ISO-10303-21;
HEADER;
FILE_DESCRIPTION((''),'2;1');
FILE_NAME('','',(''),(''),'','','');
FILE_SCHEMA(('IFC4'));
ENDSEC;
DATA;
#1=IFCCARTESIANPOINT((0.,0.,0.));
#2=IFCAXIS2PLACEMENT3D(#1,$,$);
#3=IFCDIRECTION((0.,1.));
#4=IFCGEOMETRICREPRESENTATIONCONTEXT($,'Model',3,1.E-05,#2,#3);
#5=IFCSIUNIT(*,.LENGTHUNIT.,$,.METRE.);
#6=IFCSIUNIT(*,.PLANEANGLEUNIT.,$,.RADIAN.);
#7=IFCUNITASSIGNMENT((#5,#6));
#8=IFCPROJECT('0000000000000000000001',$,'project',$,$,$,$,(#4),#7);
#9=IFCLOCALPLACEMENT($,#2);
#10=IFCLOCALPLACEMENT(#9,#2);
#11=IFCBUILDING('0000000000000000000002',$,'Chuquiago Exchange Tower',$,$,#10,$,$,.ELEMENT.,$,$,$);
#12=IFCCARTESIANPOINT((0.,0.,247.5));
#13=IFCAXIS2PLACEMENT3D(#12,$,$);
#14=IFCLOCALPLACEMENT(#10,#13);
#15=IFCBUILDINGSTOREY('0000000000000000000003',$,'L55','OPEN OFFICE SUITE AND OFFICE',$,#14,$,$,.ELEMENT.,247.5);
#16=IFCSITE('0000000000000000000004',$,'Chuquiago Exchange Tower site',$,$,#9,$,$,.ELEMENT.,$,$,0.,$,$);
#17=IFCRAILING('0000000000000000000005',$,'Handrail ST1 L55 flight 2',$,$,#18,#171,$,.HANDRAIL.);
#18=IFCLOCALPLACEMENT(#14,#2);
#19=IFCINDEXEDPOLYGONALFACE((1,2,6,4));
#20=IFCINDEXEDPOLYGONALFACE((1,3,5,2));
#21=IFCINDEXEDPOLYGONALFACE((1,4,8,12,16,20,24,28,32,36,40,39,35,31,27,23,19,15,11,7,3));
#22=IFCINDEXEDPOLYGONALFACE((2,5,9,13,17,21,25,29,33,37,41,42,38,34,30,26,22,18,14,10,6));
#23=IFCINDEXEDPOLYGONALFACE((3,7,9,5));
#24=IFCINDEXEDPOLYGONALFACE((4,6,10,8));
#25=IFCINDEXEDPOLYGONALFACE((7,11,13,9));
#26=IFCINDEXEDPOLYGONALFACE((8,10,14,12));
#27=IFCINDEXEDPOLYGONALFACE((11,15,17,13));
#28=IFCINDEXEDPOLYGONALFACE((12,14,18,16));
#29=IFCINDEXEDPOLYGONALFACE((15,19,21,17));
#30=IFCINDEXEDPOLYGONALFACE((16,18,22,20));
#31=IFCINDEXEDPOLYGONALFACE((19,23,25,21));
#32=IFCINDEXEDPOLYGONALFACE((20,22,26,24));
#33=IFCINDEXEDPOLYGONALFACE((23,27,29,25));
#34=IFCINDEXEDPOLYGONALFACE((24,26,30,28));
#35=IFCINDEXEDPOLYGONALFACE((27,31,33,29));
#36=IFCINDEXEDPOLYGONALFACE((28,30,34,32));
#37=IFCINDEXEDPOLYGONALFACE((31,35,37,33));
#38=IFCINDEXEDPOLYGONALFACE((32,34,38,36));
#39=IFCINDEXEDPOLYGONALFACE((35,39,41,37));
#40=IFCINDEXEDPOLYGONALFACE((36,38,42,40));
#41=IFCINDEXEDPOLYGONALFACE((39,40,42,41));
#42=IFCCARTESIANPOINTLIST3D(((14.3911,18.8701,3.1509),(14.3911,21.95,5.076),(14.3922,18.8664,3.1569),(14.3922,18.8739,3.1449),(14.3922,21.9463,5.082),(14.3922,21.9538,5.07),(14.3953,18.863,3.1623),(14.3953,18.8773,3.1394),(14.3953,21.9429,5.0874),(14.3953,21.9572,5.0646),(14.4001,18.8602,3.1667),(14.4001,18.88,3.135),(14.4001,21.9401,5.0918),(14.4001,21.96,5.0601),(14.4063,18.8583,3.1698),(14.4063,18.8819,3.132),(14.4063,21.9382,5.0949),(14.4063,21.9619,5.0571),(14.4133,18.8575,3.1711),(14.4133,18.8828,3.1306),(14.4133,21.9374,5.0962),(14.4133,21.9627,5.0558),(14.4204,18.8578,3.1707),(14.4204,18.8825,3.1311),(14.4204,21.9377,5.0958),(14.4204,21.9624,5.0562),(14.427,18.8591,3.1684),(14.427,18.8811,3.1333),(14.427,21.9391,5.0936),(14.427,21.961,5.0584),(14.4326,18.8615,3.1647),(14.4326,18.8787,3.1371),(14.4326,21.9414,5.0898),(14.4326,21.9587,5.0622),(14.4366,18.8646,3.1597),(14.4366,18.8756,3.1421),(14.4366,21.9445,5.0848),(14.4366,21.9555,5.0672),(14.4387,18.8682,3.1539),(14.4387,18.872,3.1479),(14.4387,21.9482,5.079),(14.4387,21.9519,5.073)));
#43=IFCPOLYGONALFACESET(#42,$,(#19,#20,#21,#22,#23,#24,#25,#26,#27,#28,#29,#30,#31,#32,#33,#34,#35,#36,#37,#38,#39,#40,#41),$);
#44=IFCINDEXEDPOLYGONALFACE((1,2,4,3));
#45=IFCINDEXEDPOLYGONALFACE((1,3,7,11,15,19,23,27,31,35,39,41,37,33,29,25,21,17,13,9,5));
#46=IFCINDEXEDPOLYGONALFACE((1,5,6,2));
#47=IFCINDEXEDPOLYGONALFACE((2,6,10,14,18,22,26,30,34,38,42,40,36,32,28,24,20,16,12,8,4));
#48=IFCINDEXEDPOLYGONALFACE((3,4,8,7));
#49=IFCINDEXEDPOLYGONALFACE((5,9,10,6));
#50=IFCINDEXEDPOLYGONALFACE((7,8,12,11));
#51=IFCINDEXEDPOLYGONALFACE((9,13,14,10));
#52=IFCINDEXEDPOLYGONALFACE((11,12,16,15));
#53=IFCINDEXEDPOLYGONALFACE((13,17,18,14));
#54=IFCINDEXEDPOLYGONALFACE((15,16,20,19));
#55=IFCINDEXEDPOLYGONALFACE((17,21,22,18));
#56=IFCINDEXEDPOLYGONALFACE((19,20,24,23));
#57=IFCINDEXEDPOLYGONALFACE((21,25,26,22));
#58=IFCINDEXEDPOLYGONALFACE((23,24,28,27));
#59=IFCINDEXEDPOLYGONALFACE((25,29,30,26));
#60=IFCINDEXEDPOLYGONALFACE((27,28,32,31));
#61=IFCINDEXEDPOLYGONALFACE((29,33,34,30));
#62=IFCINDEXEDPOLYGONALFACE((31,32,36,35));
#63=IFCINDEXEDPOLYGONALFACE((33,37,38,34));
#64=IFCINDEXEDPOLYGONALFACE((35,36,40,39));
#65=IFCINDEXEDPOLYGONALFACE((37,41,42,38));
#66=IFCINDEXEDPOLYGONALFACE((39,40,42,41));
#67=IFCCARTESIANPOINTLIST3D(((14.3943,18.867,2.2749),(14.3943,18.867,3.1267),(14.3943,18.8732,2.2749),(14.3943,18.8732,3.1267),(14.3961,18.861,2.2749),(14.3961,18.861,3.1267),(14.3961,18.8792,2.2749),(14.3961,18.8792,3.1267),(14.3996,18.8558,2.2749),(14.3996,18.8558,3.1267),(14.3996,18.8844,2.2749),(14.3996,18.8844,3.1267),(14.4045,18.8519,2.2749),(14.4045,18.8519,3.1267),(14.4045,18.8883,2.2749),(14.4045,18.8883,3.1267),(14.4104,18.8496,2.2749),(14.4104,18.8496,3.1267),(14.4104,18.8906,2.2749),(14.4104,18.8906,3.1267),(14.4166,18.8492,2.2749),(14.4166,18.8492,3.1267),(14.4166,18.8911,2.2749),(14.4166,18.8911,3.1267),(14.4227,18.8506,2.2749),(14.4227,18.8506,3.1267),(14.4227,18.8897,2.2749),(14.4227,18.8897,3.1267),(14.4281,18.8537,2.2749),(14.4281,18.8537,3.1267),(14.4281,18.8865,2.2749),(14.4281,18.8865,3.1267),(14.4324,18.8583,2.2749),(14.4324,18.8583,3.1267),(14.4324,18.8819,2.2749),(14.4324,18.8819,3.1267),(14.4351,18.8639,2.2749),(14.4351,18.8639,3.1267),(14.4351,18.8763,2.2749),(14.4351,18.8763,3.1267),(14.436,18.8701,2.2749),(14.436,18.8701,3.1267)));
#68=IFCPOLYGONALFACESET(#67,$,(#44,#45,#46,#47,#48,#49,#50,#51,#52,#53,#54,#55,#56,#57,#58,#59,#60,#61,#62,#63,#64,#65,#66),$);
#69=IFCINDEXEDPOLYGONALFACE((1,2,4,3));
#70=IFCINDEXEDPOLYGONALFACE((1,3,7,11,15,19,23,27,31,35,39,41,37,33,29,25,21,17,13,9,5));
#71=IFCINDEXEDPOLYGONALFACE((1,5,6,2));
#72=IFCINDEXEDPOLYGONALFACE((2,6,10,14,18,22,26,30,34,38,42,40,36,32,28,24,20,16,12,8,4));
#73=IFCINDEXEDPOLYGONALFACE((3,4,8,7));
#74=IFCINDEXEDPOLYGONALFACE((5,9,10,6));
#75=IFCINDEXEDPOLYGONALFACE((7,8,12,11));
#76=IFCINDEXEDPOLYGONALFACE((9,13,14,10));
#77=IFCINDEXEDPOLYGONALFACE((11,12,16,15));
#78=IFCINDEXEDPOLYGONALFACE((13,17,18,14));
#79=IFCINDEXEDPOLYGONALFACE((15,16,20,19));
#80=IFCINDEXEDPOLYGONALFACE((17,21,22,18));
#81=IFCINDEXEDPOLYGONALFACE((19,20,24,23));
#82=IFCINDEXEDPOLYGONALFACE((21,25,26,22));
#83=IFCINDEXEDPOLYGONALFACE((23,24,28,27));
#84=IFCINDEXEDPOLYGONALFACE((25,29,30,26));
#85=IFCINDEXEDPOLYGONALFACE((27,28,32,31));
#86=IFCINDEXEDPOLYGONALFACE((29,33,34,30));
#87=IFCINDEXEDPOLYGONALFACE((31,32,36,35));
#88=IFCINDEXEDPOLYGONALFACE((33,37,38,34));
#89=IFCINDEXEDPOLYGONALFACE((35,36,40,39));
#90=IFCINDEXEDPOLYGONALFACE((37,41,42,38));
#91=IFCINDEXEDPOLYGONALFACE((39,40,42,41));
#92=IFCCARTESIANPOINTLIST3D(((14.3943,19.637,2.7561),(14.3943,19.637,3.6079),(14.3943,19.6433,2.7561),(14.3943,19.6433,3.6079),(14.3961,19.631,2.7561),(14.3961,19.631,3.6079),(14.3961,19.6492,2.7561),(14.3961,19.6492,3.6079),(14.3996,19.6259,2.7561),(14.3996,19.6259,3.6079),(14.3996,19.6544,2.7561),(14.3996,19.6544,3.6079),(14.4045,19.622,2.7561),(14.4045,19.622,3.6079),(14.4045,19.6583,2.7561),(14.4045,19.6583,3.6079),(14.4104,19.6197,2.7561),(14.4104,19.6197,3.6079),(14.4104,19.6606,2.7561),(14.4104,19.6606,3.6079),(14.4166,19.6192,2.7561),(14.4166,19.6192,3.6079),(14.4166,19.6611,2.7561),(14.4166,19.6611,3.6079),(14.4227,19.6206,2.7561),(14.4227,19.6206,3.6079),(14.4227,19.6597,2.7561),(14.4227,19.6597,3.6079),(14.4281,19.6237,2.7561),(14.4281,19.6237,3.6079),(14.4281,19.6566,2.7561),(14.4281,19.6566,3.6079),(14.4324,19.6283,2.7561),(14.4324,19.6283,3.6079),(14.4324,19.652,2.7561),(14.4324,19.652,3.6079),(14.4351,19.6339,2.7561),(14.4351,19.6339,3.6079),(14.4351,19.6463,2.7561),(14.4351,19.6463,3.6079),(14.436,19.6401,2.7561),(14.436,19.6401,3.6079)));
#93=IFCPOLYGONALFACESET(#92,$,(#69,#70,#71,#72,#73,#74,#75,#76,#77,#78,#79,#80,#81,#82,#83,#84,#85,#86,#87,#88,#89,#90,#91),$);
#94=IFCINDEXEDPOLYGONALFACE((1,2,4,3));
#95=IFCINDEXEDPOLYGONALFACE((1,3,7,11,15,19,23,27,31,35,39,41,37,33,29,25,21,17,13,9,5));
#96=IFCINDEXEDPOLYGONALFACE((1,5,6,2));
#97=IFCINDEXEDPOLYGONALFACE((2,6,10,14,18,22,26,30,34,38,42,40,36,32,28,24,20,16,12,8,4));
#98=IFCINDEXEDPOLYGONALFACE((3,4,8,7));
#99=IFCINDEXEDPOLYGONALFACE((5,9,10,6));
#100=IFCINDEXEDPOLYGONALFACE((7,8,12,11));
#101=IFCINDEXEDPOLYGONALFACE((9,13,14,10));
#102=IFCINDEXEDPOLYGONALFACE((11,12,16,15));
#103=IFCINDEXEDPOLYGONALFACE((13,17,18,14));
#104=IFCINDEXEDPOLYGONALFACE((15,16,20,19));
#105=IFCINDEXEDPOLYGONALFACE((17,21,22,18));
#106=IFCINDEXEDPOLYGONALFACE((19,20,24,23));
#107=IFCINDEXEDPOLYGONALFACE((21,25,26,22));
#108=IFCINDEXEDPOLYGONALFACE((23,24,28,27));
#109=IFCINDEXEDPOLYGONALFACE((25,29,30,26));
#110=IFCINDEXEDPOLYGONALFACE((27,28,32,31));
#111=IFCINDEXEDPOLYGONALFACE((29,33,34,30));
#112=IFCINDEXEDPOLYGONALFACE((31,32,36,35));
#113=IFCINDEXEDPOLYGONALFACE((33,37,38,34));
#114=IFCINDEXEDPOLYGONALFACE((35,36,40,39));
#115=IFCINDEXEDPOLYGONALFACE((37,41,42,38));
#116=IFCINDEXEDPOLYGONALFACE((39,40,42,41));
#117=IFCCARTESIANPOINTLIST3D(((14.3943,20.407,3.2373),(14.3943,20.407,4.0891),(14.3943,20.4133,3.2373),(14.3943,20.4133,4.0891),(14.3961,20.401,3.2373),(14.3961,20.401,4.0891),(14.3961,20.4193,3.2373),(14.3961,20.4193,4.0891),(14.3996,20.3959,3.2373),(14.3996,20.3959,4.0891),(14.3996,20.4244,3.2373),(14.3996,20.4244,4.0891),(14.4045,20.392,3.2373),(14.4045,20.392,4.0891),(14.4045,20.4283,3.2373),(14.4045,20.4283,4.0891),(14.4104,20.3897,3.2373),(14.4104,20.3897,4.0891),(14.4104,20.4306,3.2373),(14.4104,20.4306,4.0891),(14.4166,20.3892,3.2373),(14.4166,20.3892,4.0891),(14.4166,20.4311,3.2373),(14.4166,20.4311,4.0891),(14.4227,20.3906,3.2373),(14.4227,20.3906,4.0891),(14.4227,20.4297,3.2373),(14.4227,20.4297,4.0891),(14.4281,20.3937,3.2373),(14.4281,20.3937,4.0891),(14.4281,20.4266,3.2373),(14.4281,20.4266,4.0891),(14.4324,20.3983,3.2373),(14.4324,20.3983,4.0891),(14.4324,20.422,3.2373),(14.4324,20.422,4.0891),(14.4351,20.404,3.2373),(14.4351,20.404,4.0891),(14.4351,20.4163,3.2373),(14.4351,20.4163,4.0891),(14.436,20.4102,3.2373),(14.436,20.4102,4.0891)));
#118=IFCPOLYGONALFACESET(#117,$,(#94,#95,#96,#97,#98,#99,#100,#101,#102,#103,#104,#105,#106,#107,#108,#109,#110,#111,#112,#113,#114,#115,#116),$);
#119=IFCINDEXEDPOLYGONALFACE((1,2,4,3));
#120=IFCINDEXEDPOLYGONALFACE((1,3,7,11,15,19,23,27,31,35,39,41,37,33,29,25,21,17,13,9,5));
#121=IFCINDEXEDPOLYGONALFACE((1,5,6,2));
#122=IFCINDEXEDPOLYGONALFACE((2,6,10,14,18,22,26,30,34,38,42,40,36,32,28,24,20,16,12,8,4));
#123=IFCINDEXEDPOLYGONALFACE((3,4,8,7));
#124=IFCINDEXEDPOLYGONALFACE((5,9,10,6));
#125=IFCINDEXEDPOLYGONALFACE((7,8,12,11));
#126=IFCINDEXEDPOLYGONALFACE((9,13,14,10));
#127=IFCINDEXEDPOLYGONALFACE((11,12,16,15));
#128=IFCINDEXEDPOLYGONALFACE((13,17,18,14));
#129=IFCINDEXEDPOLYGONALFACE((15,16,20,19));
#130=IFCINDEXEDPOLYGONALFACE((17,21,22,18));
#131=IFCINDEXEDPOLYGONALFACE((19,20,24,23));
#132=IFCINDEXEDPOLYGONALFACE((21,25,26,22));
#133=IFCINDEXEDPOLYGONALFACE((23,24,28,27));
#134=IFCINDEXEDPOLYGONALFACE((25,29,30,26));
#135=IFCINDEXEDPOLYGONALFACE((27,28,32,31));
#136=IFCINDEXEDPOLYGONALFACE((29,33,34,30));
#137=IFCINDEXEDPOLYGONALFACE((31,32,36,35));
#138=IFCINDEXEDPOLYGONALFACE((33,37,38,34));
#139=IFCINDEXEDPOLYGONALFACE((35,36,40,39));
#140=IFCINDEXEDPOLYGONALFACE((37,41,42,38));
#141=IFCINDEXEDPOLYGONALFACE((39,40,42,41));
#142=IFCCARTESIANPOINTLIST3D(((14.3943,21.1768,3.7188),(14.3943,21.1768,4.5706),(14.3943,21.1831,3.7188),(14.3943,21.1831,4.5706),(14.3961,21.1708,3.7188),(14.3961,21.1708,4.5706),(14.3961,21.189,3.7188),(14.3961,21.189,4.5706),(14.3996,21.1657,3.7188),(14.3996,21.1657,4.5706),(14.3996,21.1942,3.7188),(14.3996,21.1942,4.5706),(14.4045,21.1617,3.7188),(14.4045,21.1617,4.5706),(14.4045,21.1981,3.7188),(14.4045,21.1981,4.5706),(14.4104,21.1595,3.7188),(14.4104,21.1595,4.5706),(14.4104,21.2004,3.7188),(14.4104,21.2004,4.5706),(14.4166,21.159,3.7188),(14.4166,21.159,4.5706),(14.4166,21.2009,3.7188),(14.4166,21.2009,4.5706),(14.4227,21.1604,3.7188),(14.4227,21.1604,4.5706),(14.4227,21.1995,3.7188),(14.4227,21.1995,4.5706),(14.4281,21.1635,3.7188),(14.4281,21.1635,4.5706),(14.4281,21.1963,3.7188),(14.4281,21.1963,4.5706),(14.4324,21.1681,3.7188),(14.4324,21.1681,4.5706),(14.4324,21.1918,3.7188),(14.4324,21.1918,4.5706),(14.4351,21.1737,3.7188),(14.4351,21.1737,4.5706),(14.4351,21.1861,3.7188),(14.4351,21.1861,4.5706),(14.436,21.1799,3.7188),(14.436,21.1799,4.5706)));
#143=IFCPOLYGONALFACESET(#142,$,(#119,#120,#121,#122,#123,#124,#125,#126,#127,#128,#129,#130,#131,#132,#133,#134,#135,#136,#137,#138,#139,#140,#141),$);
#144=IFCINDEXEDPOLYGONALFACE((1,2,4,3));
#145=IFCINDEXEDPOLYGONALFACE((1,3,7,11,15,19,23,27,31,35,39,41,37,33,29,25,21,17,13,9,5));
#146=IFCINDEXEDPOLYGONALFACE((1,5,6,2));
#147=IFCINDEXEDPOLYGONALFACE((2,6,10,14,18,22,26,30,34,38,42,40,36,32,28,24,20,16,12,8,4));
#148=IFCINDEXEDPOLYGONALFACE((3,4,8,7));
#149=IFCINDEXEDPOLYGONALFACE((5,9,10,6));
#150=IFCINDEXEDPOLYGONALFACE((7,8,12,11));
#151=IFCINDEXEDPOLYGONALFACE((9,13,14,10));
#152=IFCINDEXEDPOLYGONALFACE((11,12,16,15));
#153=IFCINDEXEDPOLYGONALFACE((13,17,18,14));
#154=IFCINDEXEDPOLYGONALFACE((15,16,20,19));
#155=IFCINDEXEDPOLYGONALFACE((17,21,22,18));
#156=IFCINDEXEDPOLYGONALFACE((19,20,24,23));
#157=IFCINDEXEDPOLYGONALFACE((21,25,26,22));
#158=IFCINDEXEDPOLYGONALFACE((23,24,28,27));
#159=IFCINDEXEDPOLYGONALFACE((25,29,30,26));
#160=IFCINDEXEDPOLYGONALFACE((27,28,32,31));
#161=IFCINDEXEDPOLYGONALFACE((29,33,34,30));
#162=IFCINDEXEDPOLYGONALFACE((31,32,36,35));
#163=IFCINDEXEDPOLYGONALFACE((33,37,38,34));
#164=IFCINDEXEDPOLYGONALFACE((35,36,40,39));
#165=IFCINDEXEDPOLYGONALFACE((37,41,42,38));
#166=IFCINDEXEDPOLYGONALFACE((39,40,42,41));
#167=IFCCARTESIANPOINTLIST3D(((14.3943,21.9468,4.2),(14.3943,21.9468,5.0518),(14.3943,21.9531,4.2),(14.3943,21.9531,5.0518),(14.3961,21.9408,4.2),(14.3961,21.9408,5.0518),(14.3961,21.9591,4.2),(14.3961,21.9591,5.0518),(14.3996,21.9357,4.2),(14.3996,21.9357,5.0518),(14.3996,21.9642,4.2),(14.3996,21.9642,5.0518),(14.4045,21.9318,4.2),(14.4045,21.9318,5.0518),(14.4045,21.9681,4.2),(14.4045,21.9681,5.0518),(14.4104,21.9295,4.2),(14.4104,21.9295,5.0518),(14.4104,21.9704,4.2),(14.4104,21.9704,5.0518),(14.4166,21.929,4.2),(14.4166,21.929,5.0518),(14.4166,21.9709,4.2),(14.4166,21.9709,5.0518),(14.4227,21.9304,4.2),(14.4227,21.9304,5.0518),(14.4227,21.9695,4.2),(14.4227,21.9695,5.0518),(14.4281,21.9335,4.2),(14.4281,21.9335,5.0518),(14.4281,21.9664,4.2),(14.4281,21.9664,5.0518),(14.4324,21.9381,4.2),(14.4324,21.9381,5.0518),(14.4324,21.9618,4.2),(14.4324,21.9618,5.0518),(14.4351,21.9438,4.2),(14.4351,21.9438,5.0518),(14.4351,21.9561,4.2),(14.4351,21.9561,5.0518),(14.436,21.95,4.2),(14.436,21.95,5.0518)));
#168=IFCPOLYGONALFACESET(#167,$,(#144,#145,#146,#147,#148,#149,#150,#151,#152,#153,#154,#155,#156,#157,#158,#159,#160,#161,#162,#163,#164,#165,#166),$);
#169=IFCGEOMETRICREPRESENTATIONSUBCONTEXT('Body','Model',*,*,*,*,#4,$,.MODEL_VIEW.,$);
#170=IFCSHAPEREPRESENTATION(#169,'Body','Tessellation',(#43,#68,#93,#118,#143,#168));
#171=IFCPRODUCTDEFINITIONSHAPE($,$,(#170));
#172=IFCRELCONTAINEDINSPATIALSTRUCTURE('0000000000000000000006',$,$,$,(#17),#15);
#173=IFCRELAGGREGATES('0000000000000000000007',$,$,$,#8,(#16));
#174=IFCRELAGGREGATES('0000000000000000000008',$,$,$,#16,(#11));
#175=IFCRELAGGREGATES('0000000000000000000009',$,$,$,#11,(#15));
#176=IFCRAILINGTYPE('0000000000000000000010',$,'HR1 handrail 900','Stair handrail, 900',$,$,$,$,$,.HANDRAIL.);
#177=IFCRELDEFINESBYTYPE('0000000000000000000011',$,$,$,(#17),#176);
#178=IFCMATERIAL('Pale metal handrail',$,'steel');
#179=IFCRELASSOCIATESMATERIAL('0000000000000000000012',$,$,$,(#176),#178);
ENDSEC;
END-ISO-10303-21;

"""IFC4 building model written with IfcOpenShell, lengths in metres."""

from ifc_helpers import new_model, si_unit, direction, frame, origin, origin_2d, place, context, subcontext, project, spatial, circle, extrude, material, type_object, element, save


model = new_model("IFC4")

# Units and contexts
model_context = context("Model", 3, precision=1e-05, world=origin(), true_north=direction((0.0, 1.0)))
body_context = subcontext(model_context, "Body", "Model", "MODEL_VIEW")
ifc_project = project(units=[si_unit("LENGTHUNIT", "METRE"), si_unit("PLANEANGLEUNIT", "RADIAN")], contexts=[model_context])

# Site, building, storey
site_placement = place(None, origin())
site = spatial("IfcSite", under=ifc_project, at=site_placement, Name="Chuquiago Exchange Tower site", CompositionType="ELEMENT", RefElevation=0.0)
building_placement = place(site_placement, origin())
building = spatial("IfcBuilding", under=site, at=building_placement, Name="Chuquiago Exchange Tower", CompositionType="ELEMENT")
storey_placement = place(building_placement, frame((0.0, 0.0, 247.5)))
storey = spatial("IfcBuildingStorey", under=building, at=storey_placement, Name="L55", Description="OPEN OFFICE SUITE AND OFFICE", CompositionType="ELEMENT", Elevation=247.5)

# Railing
ifc_material_1 = material(Name="Pale metal handrail", Category="steel")
railing_type_1 = type_object("IfcRailingType", Name="HR1 handrail 900", Description="Stair handrail, 900", PredefinedType="HANDRAIL", material=ifc_material_1)
for number, where, name in (
    (1, (14.415, 18.8701, 2.2749), "Handrail ST1 L55 flight 2"),
):
    element("IfcRailing", number, at=place(storey_placement, frame(where)), inside=storey, type_object=railing_type_1, Name=name, PredefinedType="HANDRAIL", context=body_context, shape_type="SweptSolid", body=[
        extrude(circle(Radius=0.0239, at=origin_2d()), frame((0.0, 0.0, 0.876), z_axis=(0.0, 0.847979, 0.530029), x_axis=(-1.0, 0.0, 0.0)), (0.0, 0.0, 1.0), 3.6321),
        extrude(circle(Radius=0.021, at=origin_2d()), origin(), (0.0, 0.0, 1.0), 0.8518),
        extrude(circle(Radius=0.021, at=origin_2d()), frame((0.0, 0.77, 0.4812)), (0.0, 0.0, 1.0), 0.8518),
        extrude(circle(Radius=0.021, at=origin_2d()), frame((0.0, 1.54, 0.9624)), (0.0, 0.0, 1.0), 0.8518),
        extrude(circle(Radius=0.021, at=origin_2d()), frame((0.0, 2.3098, 1.4438)), (0.0, 0.0, 1.0), 0.8518),
        extrude(circle(Radius=0.021, at=origin_2d()), frame((0.0, 3.0798, 1.925)), (0.0, 0.0, 1.0), 0.8518),
    ])

save(model, "model.ifc")
